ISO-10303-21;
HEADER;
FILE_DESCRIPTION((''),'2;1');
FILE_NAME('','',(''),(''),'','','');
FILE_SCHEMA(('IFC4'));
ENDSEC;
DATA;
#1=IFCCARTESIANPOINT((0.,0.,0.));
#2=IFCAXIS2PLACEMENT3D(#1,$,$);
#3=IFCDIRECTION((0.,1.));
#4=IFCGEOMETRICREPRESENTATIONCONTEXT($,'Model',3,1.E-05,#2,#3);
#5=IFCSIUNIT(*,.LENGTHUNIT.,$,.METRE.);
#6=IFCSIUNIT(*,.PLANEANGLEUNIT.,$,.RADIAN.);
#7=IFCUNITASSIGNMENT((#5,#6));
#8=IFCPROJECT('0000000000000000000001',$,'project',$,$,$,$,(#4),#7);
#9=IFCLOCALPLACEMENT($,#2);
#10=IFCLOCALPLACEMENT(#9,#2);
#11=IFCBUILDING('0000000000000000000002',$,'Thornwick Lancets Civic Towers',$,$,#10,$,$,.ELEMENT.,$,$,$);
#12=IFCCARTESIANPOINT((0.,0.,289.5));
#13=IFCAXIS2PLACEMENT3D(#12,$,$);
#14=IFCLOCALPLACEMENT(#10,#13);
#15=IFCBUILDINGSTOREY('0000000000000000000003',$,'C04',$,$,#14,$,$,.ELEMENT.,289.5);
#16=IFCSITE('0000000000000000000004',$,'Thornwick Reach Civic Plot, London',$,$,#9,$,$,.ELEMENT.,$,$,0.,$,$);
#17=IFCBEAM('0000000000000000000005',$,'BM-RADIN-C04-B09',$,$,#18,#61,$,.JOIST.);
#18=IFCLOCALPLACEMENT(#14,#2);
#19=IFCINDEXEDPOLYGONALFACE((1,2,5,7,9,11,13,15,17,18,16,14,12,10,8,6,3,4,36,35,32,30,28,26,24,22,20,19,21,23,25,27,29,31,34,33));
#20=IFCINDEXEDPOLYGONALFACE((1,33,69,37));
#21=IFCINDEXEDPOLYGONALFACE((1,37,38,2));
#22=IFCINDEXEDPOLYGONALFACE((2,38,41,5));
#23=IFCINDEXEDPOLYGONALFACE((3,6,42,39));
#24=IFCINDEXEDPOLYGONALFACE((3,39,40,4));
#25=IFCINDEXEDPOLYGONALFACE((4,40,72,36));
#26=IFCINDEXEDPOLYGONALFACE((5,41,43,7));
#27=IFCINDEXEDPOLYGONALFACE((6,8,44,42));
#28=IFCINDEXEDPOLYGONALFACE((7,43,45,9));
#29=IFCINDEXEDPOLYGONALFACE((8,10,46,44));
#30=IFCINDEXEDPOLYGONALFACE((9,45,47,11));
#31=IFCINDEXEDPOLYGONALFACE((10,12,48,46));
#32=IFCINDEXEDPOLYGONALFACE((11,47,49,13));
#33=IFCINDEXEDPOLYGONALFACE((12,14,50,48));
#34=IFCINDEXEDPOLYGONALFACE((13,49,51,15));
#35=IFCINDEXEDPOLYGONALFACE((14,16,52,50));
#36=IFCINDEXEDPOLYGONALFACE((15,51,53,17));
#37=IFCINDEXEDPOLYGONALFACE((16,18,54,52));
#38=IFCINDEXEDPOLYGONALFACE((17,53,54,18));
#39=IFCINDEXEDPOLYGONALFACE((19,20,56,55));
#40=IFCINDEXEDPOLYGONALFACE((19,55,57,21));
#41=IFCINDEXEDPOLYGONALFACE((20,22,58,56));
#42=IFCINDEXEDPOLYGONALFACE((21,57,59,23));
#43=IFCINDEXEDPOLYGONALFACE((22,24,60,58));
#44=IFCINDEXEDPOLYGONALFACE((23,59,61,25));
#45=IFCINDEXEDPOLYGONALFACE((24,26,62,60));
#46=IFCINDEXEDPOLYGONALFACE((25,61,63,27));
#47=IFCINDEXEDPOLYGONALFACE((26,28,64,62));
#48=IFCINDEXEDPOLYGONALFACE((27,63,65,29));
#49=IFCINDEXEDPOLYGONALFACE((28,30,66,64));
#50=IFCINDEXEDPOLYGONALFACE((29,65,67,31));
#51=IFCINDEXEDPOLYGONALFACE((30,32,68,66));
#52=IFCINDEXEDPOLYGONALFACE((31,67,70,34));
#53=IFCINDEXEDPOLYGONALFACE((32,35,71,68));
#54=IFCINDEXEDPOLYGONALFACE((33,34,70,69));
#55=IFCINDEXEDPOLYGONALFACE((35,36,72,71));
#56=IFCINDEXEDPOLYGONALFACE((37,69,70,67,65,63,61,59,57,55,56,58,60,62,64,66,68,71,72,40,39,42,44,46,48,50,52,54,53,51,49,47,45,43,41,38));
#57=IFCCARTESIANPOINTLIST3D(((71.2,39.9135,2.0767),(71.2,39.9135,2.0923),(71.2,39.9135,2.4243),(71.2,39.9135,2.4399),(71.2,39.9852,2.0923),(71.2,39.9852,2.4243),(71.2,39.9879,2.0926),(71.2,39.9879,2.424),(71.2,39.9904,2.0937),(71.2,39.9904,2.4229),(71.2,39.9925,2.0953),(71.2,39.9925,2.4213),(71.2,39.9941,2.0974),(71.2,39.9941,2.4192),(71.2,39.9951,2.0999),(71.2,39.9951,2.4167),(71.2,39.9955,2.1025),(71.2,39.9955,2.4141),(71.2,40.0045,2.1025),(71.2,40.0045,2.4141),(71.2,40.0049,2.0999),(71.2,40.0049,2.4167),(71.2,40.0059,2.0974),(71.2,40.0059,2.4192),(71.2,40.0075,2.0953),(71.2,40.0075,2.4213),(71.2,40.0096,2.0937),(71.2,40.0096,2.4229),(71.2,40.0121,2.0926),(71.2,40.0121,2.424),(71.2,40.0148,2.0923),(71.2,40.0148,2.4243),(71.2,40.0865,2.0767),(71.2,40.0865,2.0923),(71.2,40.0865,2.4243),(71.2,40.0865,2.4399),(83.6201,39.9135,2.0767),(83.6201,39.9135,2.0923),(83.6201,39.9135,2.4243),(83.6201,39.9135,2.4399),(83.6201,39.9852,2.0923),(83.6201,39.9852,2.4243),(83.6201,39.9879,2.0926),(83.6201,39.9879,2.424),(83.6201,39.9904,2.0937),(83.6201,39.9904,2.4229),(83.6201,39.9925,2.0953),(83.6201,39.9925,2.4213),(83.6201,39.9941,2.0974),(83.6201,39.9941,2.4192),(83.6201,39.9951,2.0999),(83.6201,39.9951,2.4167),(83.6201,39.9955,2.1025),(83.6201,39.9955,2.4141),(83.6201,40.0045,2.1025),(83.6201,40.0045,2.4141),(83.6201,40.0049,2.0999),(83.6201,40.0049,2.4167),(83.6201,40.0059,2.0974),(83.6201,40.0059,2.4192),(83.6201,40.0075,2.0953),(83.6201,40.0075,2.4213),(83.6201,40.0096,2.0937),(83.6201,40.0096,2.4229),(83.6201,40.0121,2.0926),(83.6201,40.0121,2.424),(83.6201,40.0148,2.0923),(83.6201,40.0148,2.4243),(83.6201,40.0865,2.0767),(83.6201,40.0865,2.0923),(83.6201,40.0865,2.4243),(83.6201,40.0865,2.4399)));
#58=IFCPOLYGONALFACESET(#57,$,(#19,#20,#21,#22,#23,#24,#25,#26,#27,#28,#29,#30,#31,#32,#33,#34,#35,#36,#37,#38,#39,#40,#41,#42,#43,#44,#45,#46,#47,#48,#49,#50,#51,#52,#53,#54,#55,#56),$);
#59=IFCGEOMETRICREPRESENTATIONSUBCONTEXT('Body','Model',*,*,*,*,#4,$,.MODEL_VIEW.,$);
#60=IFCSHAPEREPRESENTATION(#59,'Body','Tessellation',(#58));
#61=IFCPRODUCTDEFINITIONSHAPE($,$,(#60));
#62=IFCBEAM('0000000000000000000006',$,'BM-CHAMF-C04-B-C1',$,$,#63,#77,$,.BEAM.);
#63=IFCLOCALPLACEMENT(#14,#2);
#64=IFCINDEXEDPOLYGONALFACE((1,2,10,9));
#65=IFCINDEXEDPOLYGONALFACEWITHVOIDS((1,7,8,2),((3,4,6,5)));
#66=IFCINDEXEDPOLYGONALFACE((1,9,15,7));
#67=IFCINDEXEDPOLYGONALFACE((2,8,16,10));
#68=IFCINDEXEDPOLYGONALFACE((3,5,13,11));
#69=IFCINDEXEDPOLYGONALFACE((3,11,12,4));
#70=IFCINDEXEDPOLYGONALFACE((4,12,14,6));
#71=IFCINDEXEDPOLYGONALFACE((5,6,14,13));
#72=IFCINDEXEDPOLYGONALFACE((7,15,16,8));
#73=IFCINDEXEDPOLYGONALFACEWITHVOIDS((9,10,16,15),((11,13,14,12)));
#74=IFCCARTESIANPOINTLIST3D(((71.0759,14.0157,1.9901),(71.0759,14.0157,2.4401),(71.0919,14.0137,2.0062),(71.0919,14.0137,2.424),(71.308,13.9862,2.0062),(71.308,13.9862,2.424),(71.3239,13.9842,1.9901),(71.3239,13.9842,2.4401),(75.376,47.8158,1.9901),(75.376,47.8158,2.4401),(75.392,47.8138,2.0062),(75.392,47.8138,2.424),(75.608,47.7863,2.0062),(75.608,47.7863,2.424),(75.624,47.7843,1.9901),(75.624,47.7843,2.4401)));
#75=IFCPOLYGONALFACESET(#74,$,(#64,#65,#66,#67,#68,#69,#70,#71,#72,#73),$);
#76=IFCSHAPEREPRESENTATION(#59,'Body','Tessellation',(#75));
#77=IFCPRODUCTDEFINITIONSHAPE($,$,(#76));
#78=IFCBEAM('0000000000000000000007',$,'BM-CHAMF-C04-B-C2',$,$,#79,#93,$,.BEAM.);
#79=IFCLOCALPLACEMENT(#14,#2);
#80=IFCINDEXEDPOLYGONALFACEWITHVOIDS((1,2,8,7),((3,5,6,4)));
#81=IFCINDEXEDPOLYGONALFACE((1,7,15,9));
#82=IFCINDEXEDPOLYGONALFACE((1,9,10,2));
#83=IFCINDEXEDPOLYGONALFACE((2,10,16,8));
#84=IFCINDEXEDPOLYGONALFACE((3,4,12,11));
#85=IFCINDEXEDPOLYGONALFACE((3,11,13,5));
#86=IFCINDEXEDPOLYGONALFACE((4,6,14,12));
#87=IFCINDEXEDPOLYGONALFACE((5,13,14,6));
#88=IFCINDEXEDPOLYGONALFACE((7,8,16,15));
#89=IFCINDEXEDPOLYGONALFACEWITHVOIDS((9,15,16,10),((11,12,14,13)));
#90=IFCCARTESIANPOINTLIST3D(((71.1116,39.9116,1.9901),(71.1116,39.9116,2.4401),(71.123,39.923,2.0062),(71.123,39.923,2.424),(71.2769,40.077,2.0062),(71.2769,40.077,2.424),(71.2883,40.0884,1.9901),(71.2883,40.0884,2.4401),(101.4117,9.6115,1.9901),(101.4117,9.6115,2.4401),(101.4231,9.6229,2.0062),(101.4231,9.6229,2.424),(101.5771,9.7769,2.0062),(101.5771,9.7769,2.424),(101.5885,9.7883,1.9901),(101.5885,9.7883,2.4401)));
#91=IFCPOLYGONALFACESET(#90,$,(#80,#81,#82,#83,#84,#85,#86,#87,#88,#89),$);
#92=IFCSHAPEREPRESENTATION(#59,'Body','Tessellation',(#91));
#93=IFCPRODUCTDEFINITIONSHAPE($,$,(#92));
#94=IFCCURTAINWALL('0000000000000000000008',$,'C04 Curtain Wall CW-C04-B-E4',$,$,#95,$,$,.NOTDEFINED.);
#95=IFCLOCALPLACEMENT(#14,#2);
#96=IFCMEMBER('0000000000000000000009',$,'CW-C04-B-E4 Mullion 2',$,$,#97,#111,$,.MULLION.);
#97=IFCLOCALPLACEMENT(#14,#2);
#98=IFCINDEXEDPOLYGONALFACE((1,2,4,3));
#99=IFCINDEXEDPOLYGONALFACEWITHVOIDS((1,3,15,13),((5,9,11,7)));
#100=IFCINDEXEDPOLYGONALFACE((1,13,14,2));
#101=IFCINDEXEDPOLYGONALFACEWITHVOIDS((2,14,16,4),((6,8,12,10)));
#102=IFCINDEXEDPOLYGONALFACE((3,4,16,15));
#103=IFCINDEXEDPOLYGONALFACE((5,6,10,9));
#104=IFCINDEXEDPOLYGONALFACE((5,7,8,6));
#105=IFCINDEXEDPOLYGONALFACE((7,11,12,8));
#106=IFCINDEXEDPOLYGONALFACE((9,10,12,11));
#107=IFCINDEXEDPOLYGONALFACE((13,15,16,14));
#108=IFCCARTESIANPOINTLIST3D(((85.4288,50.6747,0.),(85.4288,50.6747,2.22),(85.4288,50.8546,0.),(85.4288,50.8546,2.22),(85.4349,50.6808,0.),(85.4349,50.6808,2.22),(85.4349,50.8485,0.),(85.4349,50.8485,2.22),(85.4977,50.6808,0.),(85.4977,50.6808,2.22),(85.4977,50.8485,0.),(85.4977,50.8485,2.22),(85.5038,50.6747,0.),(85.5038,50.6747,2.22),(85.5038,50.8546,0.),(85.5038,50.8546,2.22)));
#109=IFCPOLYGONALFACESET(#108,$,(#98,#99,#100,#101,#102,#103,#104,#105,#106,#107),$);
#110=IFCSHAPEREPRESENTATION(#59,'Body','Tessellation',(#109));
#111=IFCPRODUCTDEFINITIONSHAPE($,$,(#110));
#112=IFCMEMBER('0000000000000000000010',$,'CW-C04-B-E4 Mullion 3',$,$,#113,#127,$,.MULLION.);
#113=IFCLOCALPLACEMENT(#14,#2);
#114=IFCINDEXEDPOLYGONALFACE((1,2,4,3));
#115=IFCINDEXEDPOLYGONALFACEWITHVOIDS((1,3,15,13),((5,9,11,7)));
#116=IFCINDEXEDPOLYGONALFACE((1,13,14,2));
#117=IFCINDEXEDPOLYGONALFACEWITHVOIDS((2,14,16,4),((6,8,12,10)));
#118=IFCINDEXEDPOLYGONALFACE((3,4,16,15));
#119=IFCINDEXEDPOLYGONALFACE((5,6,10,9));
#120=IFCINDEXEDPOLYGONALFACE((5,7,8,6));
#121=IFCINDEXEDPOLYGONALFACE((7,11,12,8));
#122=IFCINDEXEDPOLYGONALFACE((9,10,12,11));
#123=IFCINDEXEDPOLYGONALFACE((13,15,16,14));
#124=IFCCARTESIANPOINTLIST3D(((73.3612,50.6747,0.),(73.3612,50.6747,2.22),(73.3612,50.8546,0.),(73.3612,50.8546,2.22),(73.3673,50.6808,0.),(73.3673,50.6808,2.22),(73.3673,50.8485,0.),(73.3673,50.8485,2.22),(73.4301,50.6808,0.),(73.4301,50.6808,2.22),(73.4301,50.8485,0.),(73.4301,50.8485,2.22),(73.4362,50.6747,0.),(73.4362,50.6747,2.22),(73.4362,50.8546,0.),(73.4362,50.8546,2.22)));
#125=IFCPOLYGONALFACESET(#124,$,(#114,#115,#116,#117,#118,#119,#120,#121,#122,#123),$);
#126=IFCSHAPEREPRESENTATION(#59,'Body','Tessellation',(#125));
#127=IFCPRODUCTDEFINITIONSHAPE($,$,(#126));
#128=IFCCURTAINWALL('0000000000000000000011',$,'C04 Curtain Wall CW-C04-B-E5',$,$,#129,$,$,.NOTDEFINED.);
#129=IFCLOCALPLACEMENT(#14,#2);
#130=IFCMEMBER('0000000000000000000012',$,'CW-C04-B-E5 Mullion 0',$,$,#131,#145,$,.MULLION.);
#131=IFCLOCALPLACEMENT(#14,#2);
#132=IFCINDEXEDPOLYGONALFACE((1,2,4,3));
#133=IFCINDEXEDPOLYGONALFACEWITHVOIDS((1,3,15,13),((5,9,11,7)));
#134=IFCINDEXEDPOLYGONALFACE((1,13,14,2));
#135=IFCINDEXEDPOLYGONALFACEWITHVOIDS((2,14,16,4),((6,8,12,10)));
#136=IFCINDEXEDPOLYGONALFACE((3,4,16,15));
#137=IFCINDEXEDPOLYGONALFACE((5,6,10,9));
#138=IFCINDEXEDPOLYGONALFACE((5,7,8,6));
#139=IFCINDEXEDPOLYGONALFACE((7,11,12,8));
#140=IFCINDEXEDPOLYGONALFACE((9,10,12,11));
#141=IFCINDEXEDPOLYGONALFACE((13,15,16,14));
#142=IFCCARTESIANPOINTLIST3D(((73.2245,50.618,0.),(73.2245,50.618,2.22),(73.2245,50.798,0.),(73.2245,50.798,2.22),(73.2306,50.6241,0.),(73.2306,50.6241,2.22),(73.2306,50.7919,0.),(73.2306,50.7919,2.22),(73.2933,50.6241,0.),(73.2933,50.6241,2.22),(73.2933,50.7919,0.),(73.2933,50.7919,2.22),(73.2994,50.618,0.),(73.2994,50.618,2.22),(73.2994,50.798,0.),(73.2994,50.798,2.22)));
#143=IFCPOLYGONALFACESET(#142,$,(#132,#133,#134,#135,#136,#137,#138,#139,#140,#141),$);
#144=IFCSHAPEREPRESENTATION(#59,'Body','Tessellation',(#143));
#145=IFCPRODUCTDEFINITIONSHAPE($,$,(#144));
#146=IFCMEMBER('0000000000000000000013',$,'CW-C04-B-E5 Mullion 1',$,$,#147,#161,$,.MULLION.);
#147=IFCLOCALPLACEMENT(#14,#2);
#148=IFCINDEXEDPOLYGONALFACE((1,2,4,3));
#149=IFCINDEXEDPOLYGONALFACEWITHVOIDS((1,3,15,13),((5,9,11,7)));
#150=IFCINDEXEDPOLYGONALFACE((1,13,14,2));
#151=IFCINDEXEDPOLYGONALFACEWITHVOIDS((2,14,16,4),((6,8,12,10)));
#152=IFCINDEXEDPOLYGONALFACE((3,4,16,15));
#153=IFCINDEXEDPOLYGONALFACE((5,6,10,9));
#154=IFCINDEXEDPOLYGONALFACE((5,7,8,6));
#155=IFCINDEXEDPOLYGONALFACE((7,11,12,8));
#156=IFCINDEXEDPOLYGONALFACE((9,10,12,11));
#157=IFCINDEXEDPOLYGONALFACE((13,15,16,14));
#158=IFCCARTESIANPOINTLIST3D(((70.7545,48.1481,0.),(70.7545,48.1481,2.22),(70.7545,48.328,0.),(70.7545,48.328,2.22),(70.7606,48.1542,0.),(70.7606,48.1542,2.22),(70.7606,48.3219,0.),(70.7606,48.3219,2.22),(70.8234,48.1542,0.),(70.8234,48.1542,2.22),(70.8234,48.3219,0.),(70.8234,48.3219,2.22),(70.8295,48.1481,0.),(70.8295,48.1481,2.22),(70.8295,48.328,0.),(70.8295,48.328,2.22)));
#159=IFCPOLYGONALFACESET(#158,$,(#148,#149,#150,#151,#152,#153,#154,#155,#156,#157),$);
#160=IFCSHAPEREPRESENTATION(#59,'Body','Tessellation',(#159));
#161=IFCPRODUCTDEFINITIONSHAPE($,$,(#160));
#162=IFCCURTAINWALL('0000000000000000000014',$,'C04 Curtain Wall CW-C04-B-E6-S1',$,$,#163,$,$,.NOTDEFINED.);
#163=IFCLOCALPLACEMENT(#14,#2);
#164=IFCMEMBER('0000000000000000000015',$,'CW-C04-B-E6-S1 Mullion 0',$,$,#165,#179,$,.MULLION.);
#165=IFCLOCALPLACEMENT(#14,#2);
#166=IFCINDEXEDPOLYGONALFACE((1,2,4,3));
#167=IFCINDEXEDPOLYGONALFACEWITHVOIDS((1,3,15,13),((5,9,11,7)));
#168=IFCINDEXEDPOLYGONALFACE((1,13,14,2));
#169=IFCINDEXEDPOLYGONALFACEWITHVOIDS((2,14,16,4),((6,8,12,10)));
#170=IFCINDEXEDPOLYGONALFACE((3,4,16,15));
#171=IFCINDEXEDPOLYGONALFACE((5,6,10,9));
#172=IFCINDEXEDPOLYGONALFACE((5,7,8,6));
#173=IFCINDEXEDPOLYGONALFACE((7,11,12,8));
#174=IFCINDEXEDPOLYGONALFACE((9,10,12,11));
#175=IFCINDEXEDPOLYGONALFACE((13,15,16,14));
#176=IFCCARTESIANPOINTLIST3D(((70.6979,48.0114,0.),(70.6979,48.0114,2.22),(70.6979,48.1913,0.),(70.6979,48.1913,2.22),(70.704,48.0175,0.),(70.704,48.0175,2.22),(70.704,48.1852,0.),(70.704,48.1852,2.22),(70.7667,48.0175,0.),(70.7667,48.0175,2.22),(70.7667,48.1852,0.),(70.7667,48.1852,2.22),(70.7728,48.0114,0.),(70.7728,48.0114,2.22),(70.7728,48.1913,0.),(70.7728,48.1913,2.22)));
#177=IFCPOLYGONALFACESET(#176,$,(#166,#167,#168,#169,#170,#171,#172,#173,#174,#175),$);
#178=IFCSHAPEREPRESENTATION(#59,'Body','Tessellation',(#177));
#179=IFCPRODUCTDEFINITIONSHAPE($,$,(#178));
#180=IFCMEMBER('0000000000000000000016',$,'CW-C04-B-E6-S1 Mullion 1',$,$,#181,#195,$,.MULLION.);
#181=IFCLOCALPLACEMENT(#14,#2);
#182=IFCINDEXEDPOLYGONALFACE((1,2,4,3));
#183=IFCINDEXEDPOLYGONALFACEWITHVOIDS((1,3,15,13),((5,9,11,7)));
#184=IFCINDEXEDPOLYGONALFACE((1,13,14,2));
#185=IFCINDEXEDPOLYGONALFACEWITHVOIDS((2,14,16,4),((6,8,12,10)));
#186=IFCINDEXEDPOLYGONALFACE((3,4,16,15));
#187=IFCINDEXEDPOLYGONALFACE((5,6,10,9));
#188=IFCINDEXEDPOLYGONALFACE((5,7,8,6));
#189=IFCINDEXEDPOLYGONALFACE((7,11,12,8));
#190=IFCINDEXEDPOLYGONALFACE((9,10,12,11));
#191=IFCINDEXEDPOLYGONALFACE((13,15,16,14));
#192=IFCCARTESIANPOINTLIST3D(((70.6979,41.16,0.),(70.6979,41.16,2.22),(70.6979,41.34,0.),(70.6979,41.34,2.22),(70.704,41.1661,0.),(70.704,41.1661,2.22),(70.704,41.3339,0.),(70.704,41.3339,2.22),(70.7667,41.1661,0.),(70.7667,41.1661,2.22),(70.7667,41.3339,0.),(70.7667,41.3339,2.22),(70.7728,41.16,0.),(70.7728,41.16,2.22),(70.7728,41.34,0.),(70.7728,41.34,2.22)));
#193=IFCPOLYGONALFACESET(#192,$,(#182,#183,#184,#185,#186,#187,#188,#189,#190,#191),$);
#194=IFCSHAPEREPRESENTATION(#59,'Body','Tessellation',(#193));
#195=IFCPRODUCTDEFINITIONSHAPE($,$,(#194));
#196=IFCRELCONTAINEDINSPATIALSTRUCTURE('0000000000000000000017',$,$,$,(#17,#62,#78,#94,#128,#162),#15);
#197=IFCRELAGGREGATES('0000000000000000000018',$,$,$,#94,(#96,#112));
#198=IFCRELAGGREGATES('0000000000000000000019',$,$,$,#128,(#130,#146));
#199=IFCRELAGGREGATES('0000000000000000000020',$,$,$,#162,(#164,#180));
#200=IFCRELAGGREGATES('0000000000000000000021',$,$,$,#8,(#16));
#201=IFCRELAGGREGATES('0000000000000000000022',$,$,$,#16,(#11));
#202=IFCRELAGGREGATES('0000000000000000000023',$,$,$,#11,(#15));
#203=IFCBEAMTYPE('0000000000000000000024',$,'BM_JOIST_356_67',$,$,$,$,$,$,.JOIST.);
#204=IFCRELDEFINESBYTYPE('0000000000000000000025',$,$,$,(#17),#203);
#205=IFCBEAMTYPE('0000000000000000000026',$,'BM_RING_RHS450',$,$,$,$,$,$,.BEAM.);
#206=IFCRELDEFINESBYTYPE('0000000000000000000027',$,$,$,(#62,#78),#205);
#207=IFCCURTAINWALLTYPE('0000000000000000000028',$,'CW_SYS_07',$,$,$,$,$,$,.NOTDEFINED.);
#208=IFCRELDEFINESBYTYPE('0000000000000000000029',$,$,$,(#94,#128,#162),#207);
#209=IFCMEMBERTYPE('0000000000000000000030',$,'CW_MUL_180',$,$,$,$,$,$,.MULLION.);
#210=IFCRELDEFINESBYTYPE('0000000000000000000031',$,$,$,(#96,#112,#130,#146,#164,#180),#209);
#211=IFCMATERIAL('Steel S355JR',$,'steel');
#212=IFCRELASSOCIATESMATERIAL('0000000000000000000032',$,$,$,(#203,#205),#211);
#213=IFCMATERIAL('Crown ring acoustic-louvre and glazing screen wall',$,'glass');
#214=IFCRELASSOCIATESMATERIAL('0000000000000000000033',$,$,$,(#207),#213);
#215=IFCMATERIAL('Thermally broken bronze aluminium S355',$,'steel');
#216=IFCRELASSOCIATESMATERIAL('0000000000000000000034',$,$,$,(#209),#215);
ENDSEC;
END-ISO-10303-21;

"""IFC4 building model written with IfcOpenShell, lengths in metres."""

from ifc_helpers import new_model, si_unit, direction, frame, origin, origin_2d, place, context, subcontext, project, spatial, hollow_rectangle, i_section, extrude, material, material_profile, profile_set, type_object, element, aggregate, save


model = new_model("IFC4")

# Units and contexts
model_context = context("Model", 3, precision=1e-05, world=origin(), true_north=direction((0.0, 1.0)))
body_context = subcontext(model_context, "Body", "Model", "MODEL_VIEW")
ifc_project = project(units=[si_unit("LENGTHUNIT", "METRE"), si_unit("PLANEANGLEUNIT", "RADIAN")], contexts=[model_context])

# Site, building, storey
site_placement = place(None, origin())
site = spatial("IfcSite", under=ifc_project, at=site_placement, Name="Thornwick Reach Civic Plot, London", CompositionType="ELEMENT", RefElevation=0.0)
building_placement = place(site_placement, origin())
building = spatial("IfcBuilding", under=site, at=building_placement, Name="Thornwick Lancets Civic Towers", CompositionType="ELEMENT")
storey_placement = place(building_placement, frame((0.0, 0.0, 289.5)))
storey = spatial("IfcBuildingStorey", under=building, at=storey_placement, Name="C04", CompositionType="ELEMENT", Elevation=289.5)

# Shared definitions
ifc_material_1 = material(Name="Steel S355JR", Category="steel")

# Beams
ifc_material_profile_1 = material_profile(ifc_material_1, i_section(OverallWidth=0.1731, OverallDepth=0.3633, WebThickness=0.009, FlangeThickness=0.0156, FilletRadius=0.0103, at=origin_2d()), Name="UKB 356x171x67")
ifc_profile_set_1 = profile_set([ifc_material_profile_1], Name="Steel S355JR")
beam_type_1 = type_object("IfcBeamType", Name="BM_JOIST_356_67", PredefinedType="JOIST", material=ifc_profile_set_1)
beam_1_placement = place(storey_placement, frame((83.6201, 40.0, 2.2583), z_axis=(-1.0, 0.0, 0.0), x_axis=(0.0, -1.0, 0.0)))
element("IfcBeam", 1, at=beam_1_placement, inside=storey, type_object=beam_type_1, Name="BM-RADIN-C04-B09", PredefinedType="JOIST", context=body_context, shape_type="SweptSolid", body=[
    extrude(i_section(OverallWidth=0.1731, OverallDepth=0.3633, WebThickness=0.009, FlangeThickness=0.0156, FilletRadius=0.0103, at=origin_2d()), origin(), (0.0, 0.0, 1.0), 12.4202),
])
ifc_material_profile_2 = material_profile(ifc_material_1, hollow_rectangle(XDim=0.25, YDim=0.45, WallThickness=0.0161, at=origin_2d()), Name="RHS 450x250x16")
ifc_profile_set_2 = profile_set([ifc_material_profile_2], Name="Steel S355JR")
beam_type_2 = type_object("IfcBeamType", Name="BM_RING_RHS450", PredefinedType="BEAM", material=ifc_profile_set_2)
beam_2_placement = place(storey_placement, frame((75.5, 47.8, 2.2151), z_axis=(-0.126203, -0.992004, 0.0), x_axis=(0.992004, -0.126203, 0.0)))
element("IfcBeam", 2, at=beam_2_placement, inside=storey, type_object=beam_type_2, Name="BM-CHAMF-C04-B-C1", PredefinedType="BEAM", context=body_context, shape_type="SweptSolid", body=[
    extrude(hollow_rectangle(XDim=0.25, YDim=0.45, WallThickness=0.0161, at=origin_2d()), origin(), (0.0, 0.0, 1.0), 34.0725),
])
beam_3_placement = place(storey_placement, frame((71.2, 40.0, 2.2151), z_axis=(0.707107, -0.707107, 0.0), x_axis=(0.707107, 0.707107, 0.0)))
element("IfcBeam", 3, at=beam_3_placement, inside=storey, type_object=beam_type_2, Name="BM-CHAMF-C04-B-C2", PredefinedType="BEAM", context=body_context, shape_type="SweptSolid", body=[
    extrude(hollow_rectangle(XDim=0.25, YDim=0.45, WallThickness=0.0161, at=origin_2d()), origin(), (0.0, 0.0, 1.0), 42.8508),
])

# Curtain walls, members
ifc_material_2 = material(Name="Crown ring acoustic-louvre and glazing screen wall", Category="glass")
curtain_wall_type = type_object("IfcCurtainWallType", Name="CW_SYS_07", PredefinedType="NOTDEFINED", material=ifc_material_2)
curtain_wall_1_placement = place(storey_placement, origin())
curtain_wall_1 = element("IfcCurtainWall", 4, at=curtain_wall_1_placement, inside=storey, type_object=curtain_wall_type, Name="C04 Curtain Wall CW-C04-B-E4", PredefinedType="NOTDEFINED")
ifc_material_3 = material(Name="Thermally broken bronze aluminium S355", Category="steel")
ifc_material_profile_3 = material_profile(ifc_material_3, hollow_rectangle(XDim=0.075, YDim=0.1799, WallThickness=0.0061, at=origin_2d()), Name="RHS 180x75x6")
ifc_profile_set_3 = profile_set([ifc_material_profile_3], Name="Thermally broken bronze aluminium S355")
member_type_1 = type_object("IfcMemberType", Name="CW_MUL_180", PredefinedType="MULLION", material=ifc_profile_set_3)
member_1_placement = place(storey_placement, frame((85.4663, 50.7646, 0.0), z_axis=(0.0, 0.0, 1.0), x_axis=(1.0, 0.0, 0.0)))
member_1 = element("IfcMember", 5, at=member_1_placement, type_object=member_type_1, Name="CW-C04-B-E4 Mullion 2", PredefinedType="MULLION", context=body_context, shape_type="SweptSolid", body=[
    extrude(hollow_rectangle(XDim=0.075, YDim=0.1799, WallThickness=0.0061, at=origin_2d()), origin(), (0.0, 0.0, 1.0), 2.22),
])
member_2_placement = place(storey_placement, frame((73.3987, 50.7646, 0.0), z_axis=(0.0, 0.0, 1.0), x_axis=(1.0, 0.0, 0.0)))
member_2 = element("IfcMember", 6, at=member_2_placement, type_object=member_type_1, Name="CW-C04-B-E4 Mullion 3", PredefinedType="MULLION", context=body_context, shape_type="SweptSolid", body=[
    extrude(hollow_rectangle(XDim=0.075, YDim=0.1799, WallThickness=0.0061, at=origin_2d()), origin(), (0.0, 0.0, 1.0), 2.22),
])
curtain_wall_2_placement = place(storey_placement, origin())
curtain_wall_2 = element("IfcCurtainWall", 7, at=curtain_wall_2_placement, inside=storey, type_object=curtain_wall_type, Name="C04 Curtain Wall CW-C04-B-E5", PredefinedType="NOTDEFINED")
member_3_placement = place(storey_placement, frame((73.262, 50.708, 0.0), z_axis=(0.0, 0.0, 1.0), x_axis=(1.0, 0.0, 0.0)))
member_3 = element("IfcMember", 8, at=member_3_placement, type_object=member_type_1, Name="CW-C04-B-E5 Mullion 0", PredefinedType="MULLION", context=body_context, shape_type="SweptSolid", body=[
    extrude(hollow_rectangle(XDim=0.075, YDim=0.1799, WallThickness=0.0061, at=origin_2d()), origin(), (0.0, 0.0, 1.0), 2.22),
])
member_4_placement = place(storey_placement, frame((70.792, 48.238, 0.0), z_axis=(0.0, 0.0, 1.0), x_axis=(1.0, 0.0, 0.0)))
member_4 = element("IfcMember", 9, at=member_4_placement, type_object=member_type_1, Name="CW-C04-B-E5 Mullion 1", PredefinedType="MULLION", context=body_context, shape_type="SweptSolid", body=[
    extrude(hollow_rectangle(XDim=0.075, YDim=0.1799, WallThickness=0.0061, at=origin_2d()), origin(), (0.0, 0.0, 1.0), 2.22),
])
curtain_wall_3_placement = place(storey_placement, origin())
curtain_wall_3 = element("IfcCurtainWall", 10, at=curtain_wall_3_placement, inside=storey, type_object=curtain_wall_type, Name="C04 Curtain Wall CW-C04-B-E6-S1", PredefinedType="NOTDEFINED")
member_5_placement = place(storey_placement, frame((70.7354, 48.1013, 0.0), z_axis=(0.0, 0.0, 1.0), x_axis=(1.0, 0.0, 0.0)))
member_5 = element("IfcMember", 11, at=member_5_placement, type_object=member_type_1, Name="CW-C04-B-E6-S1 Mullion 0", PredefinedType="MULLION", context=body_context, shape_type="SweptSolid", body=[
    extrude(hollow_rectangle(XDim=0.075, YDim=0.1799, WallThickness=0.0061, at=origin_2d()), origin(), (0.0, 0.0, 1.0), 2.22),
])
member_6_placement = place(storey_placement, frame((70.7354, 41.25, 0.0), z_axis=(0.0, 0.0, 1.0), x_axis=(1.0, 0.0, 0.0)))
member_6 = element("IfcMember", 12, at=member_6_placement, type_object=member_type_1, Name="CW-C04-B-E6-S1 Mullion 1", PredefinedType="MULLION", context=body_context, shape_type="SweptSolid", body=[
    extrude(hollow_rectangle(XDim=0.075, YDim=0.1799, WallThickness=0.0061, at=origin_2d()), origin(), (0.0, 0.0, 1.0), 2.22),
])

aggregate(curtain_wall_1, [member_1, member_2])
aggregate(curtain_wall_2, [member_3, member_4])
aggregate(curtain_wall_3, [member_5, member_6])

save(model, "model.ifc")
